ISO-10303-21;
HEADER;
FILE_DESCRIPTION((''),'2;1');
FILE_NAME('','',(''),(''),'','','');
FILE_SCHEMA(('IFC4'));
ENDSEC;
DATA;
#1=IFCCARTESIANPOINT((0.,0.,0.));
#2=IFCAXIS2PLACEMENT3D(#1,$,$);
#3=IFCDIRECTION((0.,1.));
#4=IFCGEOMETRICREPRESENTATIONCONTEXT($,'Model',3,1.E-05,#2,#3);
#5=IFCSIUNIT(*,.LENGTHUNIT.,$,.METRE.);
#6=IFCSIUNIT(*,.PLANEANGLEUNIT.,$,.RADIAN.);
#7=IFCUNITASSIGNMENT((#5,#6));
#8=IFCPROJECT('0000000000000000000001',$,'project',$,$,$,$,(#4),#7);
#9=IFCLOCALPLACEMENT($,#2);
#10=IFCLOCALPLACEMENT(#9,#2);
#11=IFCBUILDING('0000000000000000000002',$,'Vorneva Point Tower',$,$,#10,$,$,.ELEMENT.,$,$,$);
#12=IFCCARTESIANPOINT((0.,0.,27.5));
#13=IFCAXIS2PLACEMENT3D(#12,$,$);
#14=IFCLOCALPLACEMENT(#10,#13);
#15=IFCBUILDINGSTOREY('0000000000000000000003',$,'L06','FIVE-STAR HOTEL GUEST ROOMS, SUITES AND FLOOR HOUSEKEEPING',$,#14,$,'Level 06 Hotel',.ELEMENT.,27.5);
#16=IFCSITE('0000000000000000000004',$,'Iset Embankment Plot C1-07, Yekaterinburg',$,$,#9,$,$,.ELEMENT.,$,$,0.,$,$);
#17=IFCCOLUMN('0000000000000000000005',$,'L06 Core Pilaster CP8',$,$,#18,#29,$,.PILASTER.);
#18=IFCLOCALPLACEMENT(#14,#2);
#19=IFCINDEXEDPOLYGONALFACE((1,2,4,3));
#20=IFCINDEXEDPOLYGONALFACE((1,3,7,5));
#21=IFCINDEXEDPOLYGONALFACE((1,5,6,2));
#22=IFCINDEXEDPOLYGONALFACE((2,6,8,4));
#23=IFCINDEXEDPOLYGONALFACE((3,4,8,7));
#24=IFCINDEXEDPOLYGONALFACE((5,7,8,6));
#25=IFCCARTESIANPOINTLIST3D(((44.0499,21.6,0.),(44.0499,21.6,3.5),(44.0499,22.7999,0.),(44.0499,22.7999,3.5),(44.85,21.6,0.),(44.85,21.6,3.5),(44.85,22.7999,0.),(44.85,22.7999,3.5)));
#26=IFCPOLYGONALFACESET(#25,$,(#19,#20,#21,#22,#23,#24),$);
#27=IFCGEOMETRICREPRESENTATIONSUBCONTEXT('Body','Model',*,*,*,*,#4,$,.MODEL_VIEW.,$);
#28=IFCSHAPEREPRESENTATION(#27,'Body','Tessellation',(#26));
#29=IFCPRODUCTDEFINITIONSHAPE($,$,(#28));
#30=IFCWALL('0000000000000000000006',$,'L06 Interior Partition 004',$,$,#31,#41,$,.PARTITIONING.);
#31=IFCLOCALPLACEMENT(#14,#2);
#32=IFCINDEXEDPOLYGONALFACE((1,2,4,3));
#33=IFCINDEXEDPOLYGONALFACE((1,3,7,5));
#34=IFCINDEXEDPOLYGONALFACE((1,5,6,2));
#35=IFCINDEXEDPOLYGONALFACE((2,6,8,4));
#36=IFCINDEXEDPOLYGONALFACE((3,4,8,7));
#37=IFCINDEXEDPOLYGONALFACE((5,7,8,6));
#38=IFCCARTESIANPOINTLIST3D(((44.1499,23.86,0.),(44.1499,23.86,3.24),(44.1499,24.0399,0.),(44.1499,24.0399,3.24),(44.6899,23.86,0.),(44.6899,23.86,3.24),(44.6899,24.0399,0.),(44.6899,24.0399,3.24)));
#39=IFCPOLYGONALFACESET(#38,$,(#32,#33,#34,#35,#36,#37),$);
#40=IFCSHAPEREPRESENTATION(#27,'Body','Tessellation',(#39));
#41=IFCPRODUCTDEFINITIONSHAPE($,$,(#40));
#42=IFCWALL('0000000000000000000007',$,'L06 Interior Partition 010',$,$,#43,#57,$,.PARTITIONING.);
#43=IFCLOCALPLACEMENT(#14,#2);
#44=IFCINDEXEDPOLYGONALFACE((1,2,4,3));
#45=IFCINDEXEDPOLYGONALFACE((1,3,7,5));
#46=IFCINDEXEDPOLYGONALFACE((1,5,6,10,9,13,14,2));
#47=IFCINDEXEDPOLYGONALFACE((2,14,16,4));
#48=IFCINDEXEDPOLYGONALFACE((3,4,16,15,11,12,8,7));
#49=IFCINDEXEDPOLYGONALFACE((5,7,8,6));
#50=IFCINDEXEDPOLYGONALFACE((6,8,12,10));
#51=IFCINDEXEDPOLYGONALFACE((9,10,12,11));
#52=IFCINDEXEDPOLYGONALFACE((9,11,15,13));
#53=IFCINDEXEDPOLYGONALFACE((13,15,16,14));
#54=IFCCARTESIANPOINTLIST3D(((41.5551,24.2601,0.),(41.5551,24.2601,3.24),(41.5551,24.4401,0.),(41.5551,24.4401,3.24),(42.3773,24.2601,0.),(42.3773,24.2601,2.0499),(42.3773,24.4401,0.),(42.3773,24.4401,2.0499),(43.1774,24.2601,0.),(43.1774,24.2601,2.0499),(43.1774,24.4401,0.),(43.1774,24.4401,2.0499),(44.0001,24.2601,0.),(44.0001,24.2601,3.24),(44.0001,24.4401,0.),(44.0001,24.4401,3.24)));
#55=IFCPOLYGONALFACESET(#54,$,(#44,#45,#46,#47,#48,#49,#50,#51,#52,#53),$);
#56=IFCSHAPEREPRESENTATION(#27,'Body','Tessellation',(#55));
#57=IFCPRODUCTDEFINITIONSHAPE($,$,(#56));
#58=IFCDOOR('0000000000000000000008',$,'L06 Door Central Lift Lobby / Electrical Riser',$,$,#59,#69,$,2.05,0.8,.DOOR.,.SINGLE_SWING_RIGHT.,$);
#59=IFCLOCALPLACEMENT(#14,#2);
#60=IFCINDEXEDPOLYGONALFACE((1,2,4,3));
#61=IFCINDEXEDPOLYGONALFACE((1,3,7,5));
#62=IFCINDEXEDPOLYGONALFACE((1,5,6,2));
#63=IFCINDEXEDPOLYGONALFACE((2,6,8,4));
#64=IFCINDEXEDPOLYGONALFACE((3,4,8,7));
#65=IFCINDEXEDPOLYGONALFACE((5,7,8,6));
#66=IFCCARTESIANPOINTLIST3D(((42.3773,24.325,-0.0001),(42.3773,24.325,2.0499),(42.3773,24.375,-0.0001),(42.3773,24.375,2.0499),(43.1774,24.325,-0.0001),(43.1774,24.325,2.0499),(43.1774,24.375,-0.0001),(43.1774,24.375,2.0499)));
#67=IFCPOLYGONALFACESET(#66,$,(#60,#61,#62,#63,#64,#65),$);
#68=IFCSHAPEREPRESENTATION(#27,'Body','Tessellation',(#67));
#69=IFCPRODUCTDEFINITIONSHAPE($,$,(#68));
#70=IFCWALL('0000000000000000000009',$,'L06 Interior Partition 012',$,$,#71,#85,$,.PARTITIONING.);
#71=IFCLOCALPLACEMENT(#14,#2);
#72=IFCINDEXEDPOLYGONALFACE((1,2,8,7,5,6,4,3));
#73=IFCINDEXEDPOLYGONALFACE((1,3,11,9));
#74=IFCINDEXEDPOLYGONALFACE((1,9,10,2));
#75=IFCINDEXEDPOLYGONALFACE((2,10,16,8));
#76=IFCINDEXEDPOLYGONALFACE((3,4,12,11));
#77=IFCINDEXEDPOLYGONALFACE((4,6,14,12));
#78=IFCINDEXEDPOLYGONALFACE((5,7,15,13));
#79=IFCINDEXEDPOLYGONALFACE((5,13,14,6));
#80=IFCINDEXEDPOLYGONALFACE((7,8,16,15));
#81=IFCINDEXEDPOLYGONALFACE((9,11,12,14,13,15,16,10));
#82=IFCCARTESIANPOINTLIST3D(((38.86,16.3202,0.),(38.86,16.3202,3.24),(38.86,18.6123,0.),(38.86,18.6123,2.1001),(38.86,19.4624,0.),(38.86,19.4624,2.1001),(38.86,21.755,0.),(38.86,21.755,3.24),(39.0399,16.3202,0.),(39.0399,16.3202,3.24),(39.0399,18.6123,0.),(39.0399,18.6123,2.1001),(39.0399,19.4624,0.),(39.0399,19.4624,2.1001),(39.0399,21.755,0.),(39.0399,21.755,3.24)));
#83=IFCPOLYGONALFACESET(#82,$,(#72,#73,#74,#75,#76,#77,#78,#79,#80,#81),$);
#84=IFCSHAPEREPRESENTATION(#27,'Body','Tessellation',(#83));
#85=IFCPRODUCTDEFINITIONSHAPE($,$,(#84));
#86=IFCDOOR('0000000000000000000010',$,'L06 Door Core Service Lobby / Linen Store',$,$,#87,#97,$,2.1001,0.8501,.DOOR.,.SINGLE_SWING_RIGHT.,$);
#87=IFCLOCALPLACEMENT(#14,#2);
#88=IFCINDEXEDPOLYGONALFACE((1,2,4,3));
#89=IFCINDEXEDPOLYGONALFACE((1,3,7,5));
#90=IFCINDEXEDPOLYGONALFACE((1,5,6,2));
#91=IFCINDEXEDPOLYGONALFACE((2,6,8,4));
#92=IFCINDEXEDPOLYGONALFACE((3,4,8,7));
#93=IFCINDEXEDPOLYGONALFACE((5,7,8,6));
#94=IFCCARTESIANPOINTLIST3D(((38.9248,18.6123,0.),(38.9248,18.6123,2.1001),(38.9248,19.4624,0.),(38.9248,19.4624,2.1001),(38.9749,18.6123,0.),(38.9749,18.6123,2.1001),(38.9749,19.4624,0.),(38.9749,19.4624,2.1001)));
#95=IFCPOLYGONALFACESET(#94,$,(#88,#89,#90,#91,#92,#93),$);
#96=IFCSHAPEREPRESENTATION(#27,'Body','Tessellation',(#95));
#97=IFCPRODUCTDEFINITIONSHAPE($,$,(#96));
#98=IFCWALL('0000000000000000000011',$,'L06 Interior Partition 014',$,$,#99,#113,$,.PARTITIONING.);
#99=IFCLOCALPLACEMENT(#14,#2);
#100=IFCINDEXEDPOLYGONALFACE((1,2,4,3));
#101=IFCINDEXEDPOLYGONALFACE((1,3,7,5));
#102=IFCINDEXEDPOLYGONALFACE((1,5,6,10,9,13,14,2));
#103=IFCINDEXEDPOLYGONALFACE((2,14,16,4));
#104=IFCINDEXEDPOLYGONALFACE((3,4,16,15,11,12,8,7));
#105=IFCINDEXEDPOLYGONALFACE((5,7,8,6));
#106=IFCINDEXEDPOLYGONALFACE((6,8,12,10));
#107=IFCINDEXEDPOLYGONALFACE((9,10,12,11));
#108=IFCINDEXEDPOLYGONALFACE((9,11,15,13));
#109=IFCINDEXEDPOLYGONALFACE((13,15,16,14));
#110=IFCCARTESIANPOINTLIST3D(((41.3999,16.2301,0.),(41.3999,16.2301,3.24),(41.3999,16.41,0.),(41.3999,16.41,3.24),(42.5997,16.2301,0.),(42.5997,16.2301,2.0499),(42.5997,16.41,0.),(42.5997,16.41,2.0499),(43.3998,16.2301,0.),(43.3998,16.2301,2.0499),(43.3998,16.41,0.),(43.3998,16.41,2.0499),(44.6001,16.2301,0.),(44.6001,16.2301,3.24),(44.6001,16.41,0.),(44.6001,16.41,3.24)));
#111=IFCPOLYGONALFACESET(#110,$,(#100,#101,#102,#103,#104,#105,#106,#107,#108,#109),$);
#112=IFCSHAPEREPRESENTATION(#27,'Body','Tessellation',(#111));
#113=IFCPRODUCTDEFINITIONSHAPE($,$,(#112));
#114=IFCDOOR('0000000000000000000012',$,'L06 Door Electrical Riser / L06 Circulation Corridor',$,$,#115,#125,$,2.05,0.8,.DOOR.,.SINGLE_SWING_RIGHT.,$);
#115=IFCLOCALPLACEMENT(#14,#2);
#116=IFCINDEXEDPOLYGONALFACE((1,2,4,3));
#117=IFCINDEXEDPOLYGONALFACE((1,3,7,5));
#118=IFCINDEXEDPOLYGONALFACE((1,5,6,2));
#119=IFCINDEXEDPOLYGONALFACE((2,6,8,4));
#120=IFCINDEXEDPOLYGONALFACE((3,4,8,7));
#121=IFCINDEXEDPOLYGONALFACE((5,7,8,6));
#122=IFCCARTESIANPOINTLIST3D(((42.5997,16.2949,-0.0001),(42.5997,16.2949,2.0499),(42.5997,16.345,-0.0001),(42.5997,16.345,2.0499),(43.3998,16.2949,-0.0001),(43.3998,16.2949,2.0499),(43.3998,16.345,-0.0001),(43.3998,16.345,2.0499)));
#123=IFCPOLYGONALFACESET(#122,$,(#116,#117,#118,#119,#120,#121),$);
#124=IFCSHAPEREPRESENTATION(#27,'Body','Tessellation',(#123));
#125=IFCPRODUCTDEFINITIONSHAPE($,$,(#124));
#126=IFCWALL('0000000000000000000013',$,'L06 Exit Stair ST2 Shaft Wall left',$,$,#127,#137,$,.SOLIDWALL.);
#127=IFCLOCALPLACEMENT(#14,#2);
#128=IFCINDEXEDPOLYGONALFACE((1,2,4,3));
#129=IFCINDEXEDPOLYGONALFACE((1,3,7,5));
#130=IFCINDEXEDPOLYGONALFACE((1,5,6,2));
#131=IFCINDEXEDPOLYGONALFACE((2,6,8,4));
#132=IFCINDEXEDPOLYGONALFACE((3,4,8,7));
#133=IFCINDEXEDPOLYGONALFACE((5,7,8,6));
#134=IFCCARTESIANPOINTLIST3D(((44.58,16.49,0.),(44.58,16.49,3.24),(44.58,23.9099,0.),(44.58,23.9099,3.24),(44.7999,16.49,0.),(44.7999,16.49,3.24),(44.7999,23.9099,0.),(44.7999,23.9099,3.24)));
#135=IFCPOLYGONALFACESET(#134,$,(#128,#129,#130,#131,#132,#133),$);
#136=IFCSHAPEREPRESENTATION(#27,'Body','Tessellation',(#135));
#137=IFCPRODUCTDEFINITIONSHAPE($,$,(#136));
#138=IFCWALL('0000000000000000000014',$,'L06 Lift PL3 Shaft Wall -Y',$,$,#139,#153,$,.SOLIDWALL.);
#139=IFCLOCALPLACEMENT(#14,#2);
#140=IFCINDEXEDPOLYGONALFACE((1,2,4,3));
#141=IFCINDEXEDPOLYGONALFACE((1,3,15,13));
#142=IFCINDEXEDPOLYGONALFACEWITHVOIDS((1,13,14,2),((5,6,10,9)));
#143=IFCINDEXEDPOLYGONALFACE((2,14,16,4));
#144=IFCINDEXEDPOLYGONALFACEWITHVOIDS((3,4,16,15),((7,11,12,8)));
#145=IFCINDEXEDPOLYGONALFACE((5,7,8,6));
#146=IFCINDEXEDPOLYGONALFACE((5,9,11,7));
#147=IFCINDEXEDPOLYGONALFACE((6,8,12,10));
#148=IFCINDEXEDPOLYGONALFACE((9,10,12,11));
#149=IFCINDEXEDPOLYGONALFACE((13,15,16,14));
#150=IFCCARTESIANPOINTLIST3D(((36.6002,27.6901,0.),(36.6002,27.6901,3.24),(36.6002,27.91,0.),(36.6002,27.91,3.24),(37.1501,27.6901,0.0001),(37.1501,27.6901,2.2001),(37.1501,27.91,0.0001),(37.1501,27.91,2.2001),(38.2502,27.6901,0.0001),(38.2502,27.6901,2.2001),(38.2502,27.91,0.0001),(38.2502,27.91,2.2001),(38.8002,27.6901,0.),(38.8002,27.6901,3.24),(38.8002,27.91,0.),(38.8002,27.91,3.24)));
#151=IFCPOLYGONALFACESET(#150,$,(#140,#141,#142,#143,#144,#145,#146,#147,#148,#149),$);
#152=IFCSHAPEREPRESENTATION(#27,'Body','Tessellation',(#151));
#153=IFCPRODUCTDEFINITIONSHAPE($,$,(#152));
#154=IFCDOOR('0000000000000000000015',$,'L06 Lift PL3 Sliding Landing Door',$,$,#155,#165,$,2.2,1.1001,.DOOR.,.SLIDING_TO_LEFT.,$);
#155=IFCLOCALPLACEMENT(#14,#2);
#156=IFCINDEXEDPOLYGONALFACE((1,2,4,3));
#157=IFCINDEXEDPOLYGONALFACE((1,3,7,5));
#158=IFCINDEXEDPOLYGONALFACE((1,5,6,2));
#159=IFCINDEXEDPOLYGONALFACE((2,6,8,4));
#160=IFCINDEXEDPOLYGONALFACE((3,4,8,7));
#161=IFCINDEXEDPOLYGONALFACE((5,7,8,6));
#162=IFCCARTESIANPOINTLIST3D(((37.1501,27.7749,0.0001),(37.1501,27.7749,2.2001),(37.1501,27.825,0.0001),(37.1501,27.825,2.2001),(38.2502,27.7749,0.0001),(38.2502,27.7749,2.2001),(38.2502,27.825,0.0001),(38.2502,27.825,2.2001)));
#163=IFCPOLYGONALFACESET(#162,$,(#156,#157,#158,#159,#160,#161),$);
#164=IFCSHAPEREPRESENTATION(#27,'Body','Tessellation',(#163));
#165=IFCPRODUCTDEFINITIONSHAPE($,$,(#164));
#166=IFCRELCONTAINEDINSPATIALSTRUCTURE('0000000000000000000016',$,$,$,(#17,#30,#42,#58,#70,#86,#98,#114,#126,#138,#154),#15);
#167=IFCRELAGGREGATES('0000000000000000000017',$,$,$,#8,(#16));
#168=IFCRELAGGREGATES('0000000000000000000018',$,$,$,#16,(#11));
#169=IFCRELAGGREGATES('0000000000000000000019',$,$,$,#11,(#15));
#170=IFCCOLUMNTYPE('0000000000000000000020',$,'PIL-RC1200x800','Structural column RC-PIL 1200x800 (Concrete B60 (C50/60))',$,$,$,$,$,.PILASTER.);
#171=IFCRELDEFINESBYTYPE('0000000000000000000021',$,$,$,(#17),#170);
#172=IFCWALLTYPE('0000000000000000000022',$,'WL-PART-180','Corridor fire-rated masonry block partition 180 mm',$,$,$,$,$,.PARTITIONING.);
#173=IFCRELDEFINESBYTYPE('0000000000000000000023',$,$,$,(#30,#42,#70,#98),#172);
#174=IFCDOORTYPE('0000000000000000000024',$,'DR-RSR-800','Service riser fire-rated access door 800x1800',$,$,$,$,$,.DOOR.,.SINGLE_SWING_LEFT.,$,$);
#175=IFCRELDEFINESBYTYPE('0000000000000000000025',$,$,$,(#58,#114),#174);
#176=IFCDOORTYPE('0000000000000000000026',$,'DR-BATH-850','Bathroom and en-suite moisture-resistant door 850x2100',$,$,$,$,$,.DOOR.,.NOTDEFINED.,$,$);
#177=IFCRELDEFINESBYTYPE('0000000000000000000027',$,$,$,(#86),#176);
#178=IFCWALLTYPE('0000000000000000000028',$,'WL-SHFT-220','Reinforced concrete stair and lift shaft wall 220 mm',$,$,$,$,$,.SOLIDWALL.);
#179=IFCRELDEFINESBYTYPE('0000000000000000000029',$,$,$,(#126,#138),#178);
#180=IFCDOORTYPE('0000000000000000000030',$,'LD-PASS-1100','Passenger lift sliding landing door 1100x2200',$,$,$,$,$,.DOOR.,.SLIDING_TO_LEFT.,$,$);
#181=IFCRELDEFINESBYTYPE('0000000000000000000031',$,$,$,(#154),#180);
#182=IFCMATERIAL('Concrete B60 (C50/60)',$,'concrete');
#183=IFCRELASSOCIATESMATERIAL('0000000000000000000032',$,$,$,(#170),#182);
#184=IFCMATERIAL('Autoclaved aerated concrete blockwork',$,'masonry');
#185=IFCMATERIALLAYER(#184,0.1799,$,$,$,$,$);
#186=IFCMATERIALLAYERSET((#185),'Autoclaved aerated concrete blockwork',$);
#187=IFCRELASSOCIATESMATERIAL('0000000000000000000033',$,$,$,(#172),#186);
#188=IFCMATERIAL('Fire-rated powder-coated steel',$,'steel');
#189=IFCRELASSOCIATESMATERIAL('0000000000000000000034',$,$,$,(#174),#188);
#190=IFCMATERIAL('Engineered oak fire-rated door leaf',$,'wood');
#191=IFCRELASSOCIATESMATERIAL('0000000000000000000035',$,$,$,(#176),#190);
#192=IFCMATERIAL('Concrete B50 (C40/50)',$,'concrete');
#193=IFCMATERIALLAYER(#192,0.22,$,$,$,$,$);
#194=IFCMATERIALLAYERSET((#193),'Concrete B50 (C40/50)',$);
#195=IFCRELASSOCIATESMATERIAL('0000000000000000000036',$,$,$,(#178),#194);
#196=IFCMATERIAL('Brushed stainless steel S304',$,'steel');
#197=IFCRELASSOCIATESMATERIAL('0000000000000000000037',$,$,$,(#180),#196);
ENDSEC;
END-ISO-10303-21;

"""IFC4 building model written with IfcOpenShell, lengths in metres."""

from ifc_helpers import new_model, si_unit, direction, frame, frame_2d, origin, origin_2d, place, context, subcontext, project, spatial, rectangle, extrude, material, layer, layer_set, material_profile, profile_set, type_object, element, fill, save


model = new_model("IFC4")

# Units and contexts
model_context = context("Model", 3, precision=1e-05, world=origin(), true_north=direction((0.0, 1.0)))
body_context = subcontext(model_context, "Body", "Model", "MODEL_VIEW")
ifc_project = project(units=[si_unit("LENGTHUNIT", "METRE"), si_unit("PLANEANGLEUNIT", "RADIAN")], contexts=[model_context])

# Site, building, storey
site_placement = place(None, origin())
site = spatial("IfcSite", under=ifc_project, at=site_placement, Name="Iset Embankment Plot C1-07, Yekaterinburg", CompositionType="ELEMENT", RefElevation=0.0)
building_placement = place(site_placement, origin())
building = spatial("IfcBuilding", under=site, at=building_placement, Name="Vorneva Point Tower", CompositionType="ELEMENT")
storey_placement = place(building_placement, frame((0.0, 0.0, 27.5)))
storey = spatial("IfcBuildingStorey", under=building, at=storey_placement, Name="L06", Description="FIVE-STAR HOTEL GUEST ROOMS, SUITES AND FLOOR HOUSEKEEPING", LongName="Level 06 Hotel", CompositionType="ELEMENT", Elevation=27.5)

# Column
ifc_material_1 = material(Name="Concrete B60 (C50/60)", Category="concrete")
ifc_material_profile = material_profile(ifc_material_1, rectangle(XDim=0.8, YDim=1.2, at=origin_2d()), Name="RC-PIL 1200x800")
ifc_profile_set = profile_set([ifc_material_profile], Name="Concrete B60 (C50/60)")
column_type = type_object("IfcColumnType", Name="PIL-RC1200x800", Description="Structural column RC-PIL 1200x800 (Concrete B60 (C50/60))", PredefinedType="PILASTER", material=ifc_profile_set)
column_placement = place(storey_placement, frame((44.45, 22.2, 0.0), z_axis=(0.0, 0.0, 1.0), x_axis=(1.0, 0.0, 0.0)))
element("IfcColumn", 1, at=column_placement, inside=storey, type_object=column_type, Name="L06 Core Pilaster CP8", PredefinedType="PILASTER", context=body_context, shape_type="SweptSolid", body=[
    extrude(rectangle(XDim=0.8, YDim=1.2, at=origin_2d()), origin(), (0.0, 0.0, 1.0), 3.5),
])

# Wall
ifc_material_2 = material(Name="Autoclaved aerated concrete blockwork", Category="masonry")
ifc_layer_1 = layer(ifc_material_2, 0.1799)
ifc_layer_set_1 = layer_set([ifc_layer_1], Name="Autoclaved aerated concrete blockwork")
wall_type_1 = type_object("IfcWallType", Name="WL-PART-180", Description="Corridor fire-rated masonry block partition 180 mm", PredefinedType="PARTITIONING", material=ifc_layer_set_1)
wall_1_placement = place(storey_placement, frame((44.1499, 23.95, 0.0), z_axis=(0.0, 0.0, 1.0), x_axis=(1.0, 0.0, 0.0)))
element("IfcWall", 2, at=wall_1_placement, inside=storey, type_object=wall_type_1, Name="L06 Interior Partition 004", PredefinedType="PARTITIONING", context=body_context, shape_type="SweptSolid", body=[
    extrude(rectangle(XDim=0.54, YDim=0.1799, at=frame_2d((0.27, 0.0))), origin(), (0.0, 0.0, 1.0), 3.24),
])

# Walls, openings, doors
ifc_material_3 = material(Name="Fire-rated powder-coated steel", Category="steel")
wall_2_placement = place(storey_placement, frame((41.5549, 24.3501, 0.0), z_axis=(0.0, 0.0, 1.0), x_axis=(1.0, 0.0, 0.0)))
wall_2 = element("IfcWall", 3, at=wall_2_placement, inside=storey, type_object=wall_type_1, Name="L06 Interior Partition 010", PredefinedType="PARTITIONING", context=body_context, shape_type="SweptSolid", body=[
    extrude(rectangle(XDim=2.4451, YDim=0.1799, at=frame_2d((1.2227, 0.0))), origin(), (0.0, 0.0, 1.0), 3.24),
])
opening_1_placement = place(wall_2_placement, frame((0.8225, 0.0, 0.0)))
opening_1 = element("IfcOpeningElement", 4, at=opening_1_placement, cuts=wall_2, PredefinedType="OPENING", context=body_context, shape_type="SweptSolid", body=[
    extrude(rectangle(XDim=0.8, YDim=2.05, at=frame_2d((0.3999, 1.0249))), frame((0.0, 0.105, 0.0), z_axis=(0.0, -1.0, 0.0), x_axis=(1.0, 0.0, 0.0)), (0.0, 0.0, 1.0), 0.2097),
])
door_type_1 = type_object("IfcDoorType", Name="DR-RSR-800", Description="Service riser fire-rated access door 800x1800", OperationType="SINGLE_SWING_LEFT", PredefinedType="DOOR", material=ifc_material_3)
door_1_placement = place(opening_1_placement, origin())
door_1 = element("IfcDoor", 5, at=door_1_placement, inside=storey, type_object=door_type_1, Name="L06 Door Central Lift Lobby / Electrical Riser", OperationType="SINGLE_SWING_RIGHT", OverallHeight=2.05, OverallWidth=0.8, PredefinedType="DOOR", context=body_context, shape_type="SweptSolid", body=[
    extrude(rectangle(XDim=0.8, YDim=2.05, at=frame_2d((0.3999, 1.0249))), frame((0.0, 0.0249, 0.0), z_axis=(0.0, -1.0, 0.0), x_axis=(1.0, 0.0, 0.0)), (0.0, 0.0, 1.0), 0.05),
])
fill(opening_1, door_1)
wall_3_placement = place(storey_placement, frame((38.95, 21.7549, 0.0), z_axis=(0.0, 0.0, 1.0), x_axis=(0.0, -1.0, 0.0)))
wall_3 = element("IfcWall", 6, at=wall_3_placement, inside=storey, type_object=wall_type_1, Name="L06 Interior Partition 012", PredefinedType="PARTITIONING", context=body_context, shape_type="SweptSolid", body=[
    extrude(rectangle(XDim=5.4348, YDim=0.1799, at=frame_2d((2.7173, 0.0))), origin(), (0.0, 0.0, 1.0), 3.24),
])
opening_2_placement = place(wall_3_placement, frame((2.2925, 0.0, 0.0)))
opening_2 = element("IfcOpeningElement", 7, at=opening_2_placement, cuts=wall_3, PredefinedType="OPENING", context=body_context, shape_type="SweptSolid", body=[
    extrude(rectangle(XDim=0.8501, YDim=2.1001, at=frame_2d((0.425, 1.05))), frame((0.0, 0.105, 0.0), z_axis=(0.0, -1.0, 0.0), x_axis=(1.0, 0.0, 0.0)), (0.0, 0.0, 1.0), 0.2097),
])
ifc_material_4 = material(Name="Engineered oak fire-rated door leaf", Category="wood")
door_type_2 = type_object("IfcDoorType", Name="DR-BATH-850", Description="Bathroom and en-suite moisture-resistant door 850x2100", OperationType="NOTDEFINED", PredefinedType="DOOR", material=ifc_material_4)
door_2_placement = place(opening_2_placement, origin())
door_2 = element("IfcDoor", 8, at=door_2_placement, inside=storey, type_object=door_type_2, Name="L06 Door Core Service Lobby / Linen Store", OperationType="SINGLE_SWING_RIGHT", OverallHeight=2.1001, OverallWidth=0.8501, PredefinedType="DOOR", context=body_context, shape_type="SweptSolid", body=[
    extrude(rectangle(XDim=0.8501, YDim=2.1001, at=frame_2d((0.425, 1.05))), frame((0.0, 0.0249, 0.0), z_axis=(0.0, -1.0, 0.0), x_axis=(1.0, 0.0, 0.0)), (0.0, 0.0, 1.0), 0.05),
])
fill(opening_2, door_2)
wall_4_placement = place(storey_placement, frame((41.3999, 16.3201, 0.0), z_axis=(0.0, 0.0, 1.0), x_axis=(1.0, 0.0, 0.0)))
wall_4 = element("IfcWall", 9, at=wall_4_placement, inside=storey, type_object=wall_type_1, Name="L06 Interior Partition 014", PredefinedType="PARTITIONING", context=body_context, shape_type="SweptSolid", body=[
    extrude(rectangle(XDim=3.2002, YDim=0.1799, at=frame_2d((1.6001, 0.0))), origin(), (0.0, 0.0, 1.0), 3.24),
])
opening_3_placement = place(wall_4_placement, frame((1.2, 0.0, 0.0)))
opening_3 = element("IfcOpeningElement", 10, at=opening_3_placement, cuts=wall_4, PredefinedType="OPENING", context=body_context, shape_type="SweptSolid", body=[
    extrude(rectangle(XDim=0.8, YDim=2.05, at=frame_2d((0.3999, 1.0249))), frame((0.0, 0.105, 0.0), z_axis=(0.0, -1.0, 0.0), x_axis=(1.0, 0.0, 0.0)), (0.0, 0.0, 1.0), 0.2097),
])
door_3_placement = place(opening_3_placement, origin())
door_3 = element("IfcDoor", 11, at=door_3_placement, inside=storey, type_object=door_type_1, Name="L06 Door Electrical Riser / L06 Circulation Corridor", OperationType="SINGLE_SWING_RIGHT", OverallHeight=2.05, OverallWidth=0.8, PredefinedType="DOOR", context=body_context, shape_type="SweptSolid", body=[
    extrude(rectangle(XDim=0.8, YDim=2.05, at=frame_2d((0.3999, 1.0249))), frame((0.0, 0.0249, 0.0), z_axis=(0.0, -1.0, 0.0), x_axis=(1.0, 0.0, 0.0)), (0.0, 0.0, 1.0), 0.05),
])
fill(opening_3, door_3)
ifc_material_5 = material(Name="Concrete B50 (C40/50)", Category="concrete")
ifc_layer_2 = layer(ifc_material_5, 0.22)
ifc_layer_set_2 = layer_set([ifc_layer_2], Name="Concrete B50 (C40/50)")
wall_type_2 = type_object("IfcWallType", Name="WL-SHFT-220", Description="Reinforced concrete stair and lift shaft wall 220 mm", PredefinedType="SOLIDWALL", material=ifc_layer_set_2)

# Wall
wall_5_placement = place(storey_placement, frame((44.6899, 16.49, 0.0), z_axis=(0.0, 0.0, 1.0), x_axis=(0.0, 1.0, 0.0)))
element("IfcWall", 12, at=wall_5_placement, inside=storey, type_object=wall_type_2, Name="L06 Exit Stair ST2 Shaft Wall left", PredefinedType="SOLIDWALL", context=body_context, shape_type="SweptSolid", body=[
    extrude(rectangle(XDim=7.4199, YDim=0.22, at=frame_2d((3.71, 0.0))), origin(), (0.0, 0.0, 1.0), 3.24),
])

# Wall, opening, door
wall_6_placement = place(storey_placement, frame((36.6001, 27.8, 0.0), z_axis=(0.0, 0.0, 1.0), x_axis=(1.0, 0.0, 0.0)))
wall_6 = element("IfcWall", 13, at=wall_6_placement, inside=storey, type_object=wall_type_2, Name="L06 Lift PL3 Shaft Wall -Y", PredefinedType="SOLIDWALL", context=body_context, shape_type="SweptSolid", body=[
    extrude(rectangle(XDim=2.2, YDim=0.22, at=frame_2d((1.1001, 0.0))), origin(), (0.0, 0.0, 1.0), 3.24),
])
opening_4_placement = place(wall_6_placement, frame((0.55, 0.0, 0.0)))
opening_4 = element("IfcOpeningElement", 14, at=opening_4_placement, cuts=wall_6, PredefinedType="OPENING", context=body_context, shape_type="SweptSolid", body=[
    extrude(rectangle(XDim=1.1001, YDim=2.2, at=frame_2d((0.55, 1.1001))), frame((0.0, 0.125, 0.0), z_axis=(0.0, -1.0, 0.0), x_axis=(1.0, 0.0, 0.0)), (0.0, 0.0, 1.0), 0.2498),
])
ifc_material_6 = material(Name="Brushed stainless steel S304", Category="steel")
door_type_3 = type_object("IfcDoorType", Name="LD-PASS-1100", Description="Passenger lift sliding landing door 1100x2200", OperationType="SLIDING_TO_LEFT", PredefinedType="DOOR", material=ifc_material_6)
door_4_placement = place(opening_4_placement, origin())
door_4 = element("IfcDoor", 15, at=door_4_placement, inside=storey, type_object=door_type_3, Name="L06 Lift PL3 Sliding Landing Door", OperationType="SLIDING_TO_LEFT", OverallHeight=2.2, OverallWidth=1.1001, PredefinedType="DOOR", context=body_context, shape_type="SweptSolid", body=[
    extrude(rectangle(XDim=1.1001, YDim=2.2, at=frame_2d((0.55, 1.1001))), frame((0.0, 0.0249, 0.0), z_axis=(0.0, -1.0, 0.0), x_axis=(1.0, 0.0, 0.0)), (0.0, 0.0, 1.0), 0.05),
])
fill(opening_4, door_4)

save(model, "model.ifc")
